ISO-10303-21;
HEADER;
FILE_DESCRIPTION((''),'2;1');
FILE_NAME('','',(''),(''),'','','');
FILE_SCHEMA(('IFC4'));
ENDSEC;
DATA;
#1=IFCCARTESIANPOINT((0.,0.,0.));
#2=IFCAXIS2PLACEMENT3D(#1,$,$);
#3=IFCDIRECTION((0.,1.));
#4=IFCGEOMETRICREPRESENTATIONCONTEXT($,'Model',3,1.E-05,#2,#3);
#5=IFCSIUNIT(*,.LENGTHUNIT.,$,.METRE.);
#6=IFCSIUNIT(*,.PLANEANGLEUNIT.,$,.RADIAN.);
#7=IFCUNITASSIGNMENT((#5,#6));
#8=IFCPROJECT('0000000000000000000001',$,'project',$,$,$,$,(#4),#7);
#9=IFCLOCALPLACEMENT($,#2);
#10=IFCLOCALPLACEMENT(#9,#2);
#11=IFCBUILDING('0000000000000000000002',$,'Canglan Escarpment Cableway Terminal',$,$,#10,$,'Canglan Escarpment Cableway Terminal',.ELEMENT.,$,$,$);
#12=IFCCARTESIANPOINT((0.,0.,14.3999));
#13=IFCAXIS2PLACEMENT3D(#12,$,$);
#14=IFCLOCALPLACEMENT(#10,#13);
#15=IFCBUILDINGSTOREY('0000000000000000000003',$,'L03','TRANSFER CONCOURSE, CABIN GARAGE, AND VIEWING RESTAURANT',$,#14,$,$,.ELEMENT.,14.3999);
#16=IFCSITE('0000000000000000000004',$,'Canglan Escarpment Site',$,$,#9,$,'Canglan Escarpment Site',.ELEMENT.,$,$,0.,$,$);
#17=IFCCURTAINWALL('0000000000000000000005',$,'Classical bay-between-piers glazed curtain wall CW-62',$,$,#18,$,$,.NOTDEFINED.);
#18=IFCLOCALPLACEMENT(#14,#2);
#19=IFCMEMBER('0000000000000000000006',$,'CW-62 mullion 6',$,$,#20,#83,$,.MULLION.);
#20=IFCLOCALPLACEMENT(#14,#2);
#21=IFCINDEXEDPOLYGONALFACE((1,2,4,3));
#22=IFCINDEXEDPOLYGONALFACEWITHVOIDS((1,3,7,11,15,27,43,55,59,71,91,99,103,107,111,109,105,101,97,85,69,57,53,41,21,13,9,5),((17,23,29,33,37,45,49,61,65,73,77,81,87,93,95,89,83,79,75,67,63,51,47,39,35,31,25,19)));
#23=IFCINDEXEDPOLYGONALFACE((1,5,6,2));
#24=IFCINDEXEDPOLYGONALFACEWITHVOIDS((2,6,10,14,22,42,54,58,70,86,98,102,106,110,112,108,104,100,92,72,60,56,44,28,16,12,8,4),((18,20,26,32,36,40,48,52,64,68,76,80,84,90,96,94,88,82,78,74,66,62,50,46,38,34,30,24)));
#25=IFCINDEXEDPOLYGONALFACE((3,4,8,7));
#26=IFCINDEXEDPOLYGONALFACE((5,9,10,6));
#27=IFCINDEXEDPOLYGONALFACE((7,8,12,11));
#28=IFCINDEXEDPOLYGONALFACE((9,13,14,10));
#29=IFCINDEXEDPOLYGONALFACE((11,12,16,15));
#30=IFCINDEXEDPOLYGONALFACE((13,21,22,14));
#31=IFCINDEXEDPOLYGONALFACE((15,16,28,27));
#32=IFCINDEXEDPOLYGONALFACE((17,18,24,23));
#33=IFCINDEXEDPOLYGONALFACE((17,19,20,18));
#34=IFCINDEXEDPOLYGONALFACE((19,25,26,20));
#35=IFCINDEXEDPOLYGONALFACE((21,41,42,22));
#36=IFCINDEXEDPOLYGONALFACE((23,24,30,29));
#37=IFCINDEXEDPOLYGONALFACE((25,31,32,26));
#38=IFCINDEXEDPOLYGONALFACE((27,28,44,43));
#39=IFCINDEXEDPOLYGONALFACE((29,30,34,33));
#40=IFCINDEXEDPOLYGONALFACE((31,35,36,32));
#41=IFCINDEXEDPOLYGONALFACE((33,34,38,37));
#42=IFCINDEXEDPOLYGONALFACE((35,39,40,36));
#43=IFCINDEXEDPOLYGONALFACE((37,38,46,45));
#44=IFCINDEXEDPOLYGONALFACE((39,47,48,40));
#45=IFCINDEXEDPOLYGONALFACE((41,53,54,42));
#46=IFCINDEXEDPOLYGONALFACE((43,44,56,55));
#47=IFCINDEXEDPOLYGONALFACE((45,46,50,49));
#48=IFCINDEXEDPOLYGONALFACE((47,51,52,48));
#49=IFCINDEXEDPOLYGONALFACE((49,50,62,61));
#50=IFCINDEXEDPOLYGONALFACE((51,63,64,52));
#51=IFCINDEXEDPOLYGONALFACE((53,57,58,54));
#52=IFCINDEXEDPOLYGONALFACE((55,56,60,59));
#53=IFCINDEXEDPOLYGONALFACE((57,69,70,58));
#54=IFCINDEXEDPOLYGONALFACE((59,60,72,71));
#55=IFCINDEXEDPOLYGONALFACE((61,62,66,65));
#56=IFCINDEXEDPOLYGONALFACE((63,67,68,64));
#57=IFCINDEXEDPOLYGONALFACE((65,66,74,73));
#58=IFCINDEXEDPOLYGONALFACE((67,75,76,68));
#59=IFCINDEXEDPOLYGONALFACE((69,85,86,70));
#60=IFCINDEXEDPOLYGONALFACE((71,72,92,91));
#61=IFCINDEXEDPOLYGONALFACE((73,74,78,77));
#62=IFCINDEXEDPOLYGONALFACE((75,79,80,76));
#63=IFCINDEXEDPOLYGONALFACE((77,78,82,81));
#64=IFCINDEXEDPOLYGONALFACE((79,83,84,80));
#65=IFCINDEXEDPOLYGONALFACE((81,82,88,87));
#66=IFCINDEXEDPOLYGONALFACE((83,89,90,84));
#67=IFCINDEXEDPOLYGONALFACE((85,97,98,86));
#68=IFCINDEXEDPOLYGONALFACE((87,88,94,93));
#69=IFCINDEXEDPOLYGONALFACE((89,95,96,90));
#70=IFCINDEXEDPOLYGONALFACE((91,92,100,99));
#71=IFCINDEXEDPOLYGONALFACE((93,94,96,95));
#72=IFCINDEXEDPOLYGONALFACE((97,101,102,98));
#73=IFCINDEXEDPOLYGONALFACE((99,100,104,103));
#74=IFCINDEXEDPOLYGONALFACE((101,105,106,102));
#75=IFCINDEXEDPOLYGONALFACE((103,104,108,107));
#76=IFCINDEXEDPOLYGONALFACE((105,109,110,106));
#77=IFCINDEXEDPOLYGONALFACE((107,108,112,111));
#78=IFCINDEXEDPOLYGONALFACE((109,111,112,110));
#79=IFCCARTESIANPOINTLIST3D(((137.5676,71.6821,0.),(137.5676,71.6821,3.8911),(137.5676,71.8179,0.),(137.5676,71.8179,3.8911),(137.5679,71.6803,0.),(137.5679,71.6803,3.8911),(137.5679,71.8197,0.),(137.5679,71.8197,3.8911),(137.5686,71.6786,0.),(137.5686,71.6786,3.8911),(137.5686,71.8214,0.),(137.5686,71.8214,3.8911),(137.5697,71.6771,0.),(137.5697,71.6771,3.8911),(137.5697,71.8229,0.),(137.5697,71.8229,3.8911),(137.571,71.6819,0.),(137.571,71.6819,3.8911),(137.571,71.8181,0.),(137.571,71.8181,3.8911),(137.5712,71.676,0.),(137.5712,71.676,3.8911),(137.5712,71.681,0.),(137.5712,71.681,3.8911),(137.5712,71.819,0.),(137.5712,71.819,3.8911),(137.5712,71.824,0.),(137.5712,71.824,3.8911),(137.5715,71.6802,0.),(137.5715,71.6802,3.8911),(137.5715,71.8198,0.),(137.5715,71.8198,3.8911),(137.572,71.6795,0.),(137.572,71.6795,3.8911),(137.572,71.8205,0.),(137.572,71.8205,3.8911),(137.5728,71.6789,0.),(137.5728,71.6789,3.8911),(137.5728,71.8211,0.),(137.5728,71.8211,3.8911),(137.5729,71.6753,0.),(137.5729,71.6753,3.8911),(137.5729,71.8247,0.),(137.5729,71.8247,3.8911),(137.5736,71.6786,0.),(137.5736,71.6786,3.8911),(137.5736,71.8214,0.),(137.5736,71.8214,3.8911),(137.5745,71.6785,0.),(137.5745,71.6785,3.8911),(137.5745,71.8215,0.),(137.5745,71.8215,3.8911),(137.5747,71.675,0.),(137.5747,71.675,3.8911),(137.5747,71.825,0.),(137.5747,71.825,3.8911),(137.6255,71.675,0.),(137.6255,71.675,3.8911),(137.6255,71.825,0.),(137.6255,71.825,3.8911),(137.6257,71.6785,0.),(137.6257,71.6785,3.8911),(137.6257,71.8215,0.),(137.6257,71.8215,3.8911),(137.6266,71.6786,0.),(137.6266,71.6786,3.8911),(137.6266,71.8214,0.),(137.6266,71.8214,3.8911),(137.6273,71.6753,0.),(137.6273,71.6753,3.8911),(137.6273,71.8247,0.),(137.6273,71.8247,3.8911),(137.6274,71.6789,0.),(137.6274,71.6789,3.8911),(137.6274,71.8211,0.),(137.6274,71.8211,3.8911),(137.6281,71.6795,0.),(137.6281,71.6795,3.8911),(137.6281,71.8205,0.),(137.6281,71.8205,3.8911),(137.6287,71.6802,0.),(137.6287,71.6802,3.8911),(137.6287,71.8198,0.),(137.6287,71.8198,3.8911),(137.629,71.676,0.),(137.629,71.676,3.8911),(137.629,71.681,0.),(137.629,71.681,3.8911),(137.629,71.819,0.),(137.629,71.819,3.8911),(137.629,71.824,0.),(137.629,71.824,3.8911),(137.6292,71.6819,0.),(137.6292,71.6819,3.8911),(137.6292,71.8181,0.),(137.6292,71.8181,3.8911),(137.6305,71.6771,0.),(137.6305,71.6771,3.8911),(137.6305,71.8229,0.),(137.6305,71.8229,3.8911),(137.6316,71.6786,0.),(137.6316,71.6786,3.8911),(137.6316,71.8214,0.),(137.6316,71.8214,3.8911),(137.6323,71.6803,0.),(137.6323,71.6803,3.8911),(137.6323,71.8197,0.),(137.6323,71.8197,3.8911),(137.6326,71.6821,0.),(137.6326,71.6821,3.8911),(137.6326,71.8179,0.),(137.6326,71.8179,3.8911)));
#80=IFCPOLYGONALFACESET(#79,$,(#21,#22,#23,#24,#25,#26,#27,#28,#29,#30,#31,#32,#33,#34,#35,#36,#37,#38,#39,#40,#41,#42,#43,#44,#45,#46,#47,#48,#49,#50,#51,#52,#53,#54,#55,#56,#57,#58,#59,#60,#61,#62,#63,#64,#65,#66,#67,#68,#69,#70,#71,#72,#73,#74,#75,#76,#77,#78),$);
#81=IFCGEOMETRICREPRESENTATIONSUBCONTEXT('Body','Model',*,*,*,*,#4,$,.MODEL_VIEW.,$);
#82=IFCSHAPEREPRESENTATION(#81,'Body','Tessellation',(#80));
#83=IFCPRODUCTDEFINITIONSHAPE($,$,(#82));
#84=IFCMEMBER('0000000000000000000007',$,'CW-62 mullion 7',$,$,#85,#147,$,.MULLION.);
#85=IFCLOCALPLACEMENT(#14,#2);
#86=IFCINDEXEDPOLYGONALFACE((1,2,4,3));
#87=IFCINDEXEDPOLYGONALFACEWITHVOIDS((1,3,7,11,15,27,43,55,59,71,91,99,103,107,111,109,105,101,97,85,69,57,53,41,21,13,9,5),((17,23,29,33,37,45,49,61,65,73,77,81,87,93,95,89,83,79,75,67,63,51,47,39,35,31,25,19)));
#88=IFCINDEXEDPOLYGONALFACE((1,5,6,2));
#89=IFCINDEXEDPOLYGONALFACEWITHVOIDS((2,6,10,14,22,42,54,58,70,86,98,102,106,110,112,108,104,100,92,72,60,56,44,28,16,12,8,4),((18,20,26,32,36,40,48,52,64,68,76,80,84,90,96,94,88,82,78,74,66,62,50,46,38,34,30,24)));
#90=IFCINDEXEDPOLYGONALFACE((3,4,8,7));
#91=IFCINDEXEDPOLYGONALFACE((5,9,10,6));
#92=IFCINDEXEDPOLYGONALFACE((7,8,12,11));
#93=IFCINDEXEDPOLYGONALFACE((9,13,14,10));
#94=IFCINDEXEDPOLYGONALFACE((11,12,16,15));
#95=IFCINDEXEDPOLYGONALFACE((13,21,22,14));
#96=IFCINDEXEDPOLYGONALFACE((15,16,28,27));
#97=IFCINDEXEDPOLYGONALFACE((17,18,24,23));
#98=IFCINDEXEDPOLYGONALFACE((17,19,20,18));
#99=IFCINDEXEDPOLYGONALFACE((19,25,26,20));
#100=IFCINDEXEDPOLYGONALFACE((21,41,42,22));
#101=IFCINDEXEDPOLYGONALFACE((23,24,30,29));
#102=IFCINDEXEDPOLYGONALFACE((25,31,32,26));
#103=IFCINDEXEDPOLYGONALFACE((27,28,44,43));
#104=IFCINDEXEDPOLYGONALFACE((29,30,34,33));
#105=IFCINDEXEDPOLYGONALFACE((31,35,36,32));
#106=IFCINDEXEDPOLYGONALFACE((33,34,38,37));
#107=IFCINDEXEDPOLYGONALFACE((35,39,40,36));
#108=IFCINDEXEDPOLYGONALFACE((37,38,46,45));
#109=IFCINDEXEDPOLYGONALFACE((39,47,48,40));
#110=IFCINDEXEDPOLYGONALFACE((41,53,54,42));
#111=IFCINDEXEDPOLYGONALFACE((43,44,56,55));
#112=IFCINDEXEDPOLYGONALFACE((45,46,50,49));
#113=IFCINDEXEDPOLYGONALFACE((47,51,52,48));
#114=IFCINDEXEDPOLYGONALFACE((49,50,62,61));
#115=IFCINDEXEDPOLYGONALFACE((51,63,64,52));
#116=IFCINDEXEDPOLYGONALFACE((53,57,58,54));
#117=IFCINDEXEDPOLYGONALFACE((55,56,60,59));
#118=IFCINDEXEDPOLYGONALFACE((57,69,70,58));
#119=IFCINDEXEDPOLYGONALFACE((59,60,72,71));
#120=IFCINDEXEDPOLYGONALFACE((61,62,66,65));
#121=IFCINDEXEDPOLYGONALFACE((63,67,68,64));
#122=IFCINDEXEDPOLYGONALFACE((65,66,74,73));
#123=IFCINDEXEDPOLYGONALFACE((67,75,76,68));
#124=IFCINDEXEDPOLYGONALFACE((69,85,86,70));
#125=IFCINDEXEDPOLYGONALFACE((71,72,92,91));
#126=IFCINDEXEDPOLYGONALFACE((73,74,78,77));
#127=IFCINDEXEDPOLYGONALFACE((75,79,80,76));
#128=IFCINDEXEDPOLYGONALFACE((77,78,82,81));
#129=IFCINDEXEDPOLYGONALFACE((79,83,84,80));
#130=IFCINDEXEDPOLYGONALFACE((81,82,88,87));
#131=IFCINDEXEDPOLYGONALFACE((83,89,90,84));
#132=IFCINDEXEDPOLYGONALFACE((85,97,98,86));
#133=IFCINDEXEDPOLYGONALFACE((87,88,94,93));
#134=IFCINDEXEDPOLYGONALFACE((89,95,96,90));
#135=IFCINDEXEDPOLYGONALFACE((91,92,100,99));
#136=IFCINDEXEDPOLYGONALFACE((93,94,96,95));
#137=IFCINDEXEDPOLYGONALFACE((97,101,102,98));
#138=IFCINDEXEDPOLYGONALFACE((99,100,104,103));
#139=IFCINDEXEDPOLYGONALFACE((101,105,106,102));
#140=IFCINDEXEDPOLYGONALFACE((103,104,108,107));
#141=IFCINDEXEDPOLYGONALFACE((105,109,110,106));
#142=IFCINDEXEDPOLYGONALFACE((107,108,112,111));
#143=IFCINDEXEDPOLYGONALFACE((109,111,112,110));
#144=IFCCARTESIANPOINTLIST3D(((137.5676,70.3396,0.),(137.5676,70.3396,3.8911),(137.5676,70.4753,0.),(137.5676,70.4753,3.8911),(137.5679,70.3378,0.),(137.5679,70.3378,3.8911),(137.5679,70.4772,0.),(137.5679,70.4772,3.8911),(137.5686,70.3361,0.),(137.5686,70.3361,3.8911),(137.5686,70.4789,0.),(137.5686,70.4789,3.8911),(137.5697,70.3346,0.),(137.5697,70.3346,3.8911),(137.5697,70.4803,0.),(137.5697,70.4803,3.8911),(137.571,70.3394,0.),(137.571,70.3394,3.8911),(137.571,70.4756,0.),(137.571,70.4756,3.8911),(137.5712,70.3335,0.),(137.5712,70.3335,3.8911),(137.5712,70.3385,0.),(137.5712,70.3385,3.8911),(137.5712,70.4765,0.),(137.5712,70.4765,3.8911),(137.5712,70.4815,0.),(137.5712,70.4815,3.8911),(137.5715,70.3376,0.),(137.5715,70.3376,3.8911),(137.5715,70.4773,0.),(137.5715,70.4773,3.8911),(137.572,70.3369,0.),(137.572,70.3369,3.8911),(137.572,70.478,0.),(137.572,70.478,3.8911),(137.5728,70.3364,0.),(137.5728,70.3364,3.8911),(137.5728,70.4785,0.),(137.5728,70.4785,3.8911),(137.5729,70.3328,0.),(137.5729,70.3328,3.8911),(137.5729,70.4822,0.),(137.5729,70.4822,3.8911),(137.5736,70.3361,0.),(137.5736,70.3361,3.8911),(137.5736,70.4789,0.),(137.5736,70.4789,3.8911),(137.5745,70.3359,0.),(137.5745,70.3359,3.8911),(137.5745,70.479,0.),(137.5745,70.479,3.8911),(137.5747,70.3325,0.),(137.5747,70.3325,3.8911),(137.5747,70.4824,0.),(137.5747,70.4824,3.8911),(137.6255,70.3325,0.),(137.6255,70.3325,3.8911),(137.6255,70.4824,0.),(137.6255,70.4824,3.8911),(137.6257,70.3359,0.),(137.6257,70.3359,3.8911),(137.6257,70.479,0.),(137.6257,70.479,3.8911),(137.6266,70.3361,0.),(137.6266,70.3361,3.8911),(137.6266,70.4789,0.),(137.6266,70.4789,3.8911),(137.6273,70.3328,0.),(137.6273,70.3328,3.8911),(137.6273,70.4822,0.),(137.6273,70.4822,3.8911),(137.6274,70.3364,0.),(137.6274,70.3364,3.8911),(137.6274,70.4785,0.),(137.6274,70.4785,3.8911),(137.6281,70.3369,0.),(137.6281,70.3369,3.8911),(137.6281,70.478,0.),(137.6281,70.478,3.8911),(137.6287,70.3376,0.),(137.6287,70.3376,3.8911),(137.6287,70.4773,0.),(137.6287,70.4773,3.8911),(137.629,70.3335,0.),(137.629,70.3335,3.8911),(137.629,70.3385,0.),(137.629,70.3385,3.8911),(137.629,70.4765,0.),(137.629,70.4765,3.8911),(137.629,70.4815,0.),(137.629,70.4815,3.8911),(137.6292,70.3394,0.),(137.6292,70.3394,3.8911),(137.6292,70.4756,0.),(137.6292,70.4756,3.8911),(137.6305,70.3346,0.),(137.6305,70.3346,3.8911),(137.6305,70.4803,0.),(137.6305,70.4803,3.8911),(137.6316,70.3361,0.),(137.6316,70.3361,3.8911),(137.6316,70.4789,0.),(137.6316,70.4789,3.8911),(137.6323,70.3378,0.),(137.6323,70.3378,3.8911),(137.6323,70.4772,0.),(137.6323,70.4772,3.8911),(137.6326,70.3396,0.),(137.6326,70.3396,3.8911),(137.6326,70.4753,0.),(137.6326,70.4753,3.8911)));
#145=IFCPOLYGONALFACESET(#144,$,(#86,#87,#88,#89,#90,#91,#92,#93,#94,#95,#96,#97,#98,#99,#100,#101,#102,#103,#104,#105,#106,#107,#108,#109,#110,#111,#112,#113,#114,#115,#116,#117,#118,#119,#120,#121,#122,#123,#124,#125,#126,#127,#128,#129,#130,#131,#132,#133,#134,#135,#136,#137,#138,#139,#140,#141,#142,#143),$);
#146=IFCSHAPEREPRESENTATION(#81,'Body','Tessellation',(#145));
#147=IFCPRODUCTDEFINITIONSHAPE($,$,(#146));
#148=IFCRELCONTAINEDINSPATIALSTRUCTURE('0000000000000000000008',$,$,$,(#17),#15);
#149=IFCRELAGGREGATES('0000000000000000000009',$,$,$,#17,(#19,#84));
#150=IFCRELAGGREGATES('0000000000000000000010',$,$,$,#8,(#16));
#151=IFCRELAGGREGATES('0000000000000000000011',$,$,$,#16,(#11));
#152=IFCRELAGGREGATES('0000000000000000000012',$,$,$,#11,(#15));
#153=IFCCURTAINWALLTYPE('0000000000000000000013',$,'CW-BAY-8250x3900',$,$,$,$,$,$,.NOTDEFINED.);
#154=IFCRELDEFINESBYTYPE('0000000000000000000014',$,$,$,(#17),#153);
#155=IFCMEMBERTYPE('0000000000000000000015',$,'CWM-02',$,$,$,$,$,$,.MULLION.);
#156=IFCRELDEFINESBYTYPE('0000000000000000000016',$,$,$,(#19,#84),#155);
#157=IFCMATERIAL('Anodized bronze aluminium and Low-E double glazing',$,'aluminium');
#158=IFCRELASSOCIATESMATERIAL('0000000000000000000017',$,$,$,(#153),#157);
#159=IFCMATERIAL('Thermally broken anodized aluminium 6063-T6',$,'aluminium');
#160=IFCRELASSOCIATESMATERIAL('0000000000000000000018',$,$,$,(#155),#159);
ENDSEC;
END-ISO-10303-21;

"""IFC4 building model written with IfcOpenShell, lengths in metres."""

from ifc_helpers import new_model, si_unit, direction, frame, origin, origin_2d, place, context, subcontext, project, spatial, hollow_rectangle, extrude, material, material_profile, profile_set, type_object, element, aggregate, save


model = new_model("IFC4")

# Units and contexts
model_context = context("Model", 3, precision=1e-05, world=origin(), true_north=direction((0.0, 1.0)))
body_context = subcontext(model_context, "Body", "Model", "MODEL_VIEW")
ifc_project = project(units=[si_unit("LENGTHUNIT", "METRE"), si_unit("PLANEANGLEUNIT", "RADIAN")], contexts=[model_context])

# Site, building, storey
site_placement = place(None, origin())
site = spatial("IfcSite", under=ifc_project, at=site_placement, Name="Canglan Escarpment Site", LongName="Canglan Escarpment Site", CompositionType="ELEMENT", RefElevation=0.0)
building_placement = place(site_placement, origin())
building = spatial("IfcBuilding", under=site, at=building_placement, Name="Canglan Escarpment Cableway Terminal", LongName="Canglan Escarpment Cableway Terminal", CompositionType="ELEMENT")
storey_placement = place(building_placement, frame((0.0, 0.0, 14.3999)))
storey = spatial("IfcBuildingStorey", under=building, at=storey_placement, Name="L03", Description="TRANSFER CONCOURSE, CABIN GARAGE, AND VIEWING RESTAURANT", CompositionType="ELEMENT", Elevation=14.3999)

# Curtain wall, members
ifc_material_1 = material(Name="Anodized bronze aluminium and Low-E double glazing", Category="aluminium")
curtain_wall_type = type_object("IfcCurtainWallType", Name="CW-BAY-8250x3900", PredefinedType="NOTDEFINED", material=ifc_material_1)
curtain_wall_placement = place(storey_placement, origin())
curtain_wall = element("IfcCurtainWall", 1, at=curtain_wall_placement, inside=storey, type_object=curtain_wall_type, Name="Classical bay-between-piers glazed curtain wall CW-62", PredefinedType="NOTDEFINED")
ifc_material_2 = material(Name="Thermally broken anodized aluminium 6063-T6", Category="aluminium")
ifc_material_profile_1 = material_profile(ifc_material_2, hollow_rectangle(XDim=0.0649, YDim=0.1499, WallThickness=0.0034, InnerFilletRadius=0.0034, OuterFilletRadius=0.0071, at=origin_2d()), Name="ALU-MULL 65x150x3.5")
ifc_profile_set_1 = profile_set([ifc_material_profile_1], Name="Thermally broken anodized aluminium 6063-T6")
member_type_1 = type_object("IfcMemberType", Name="CWM-02", PredefinedType="MULLION", material=ifc_profile_set_1)
member_1_placement = place(storey_placement, frame((137.6001, 71.75, 0.0), z_axis=(0.0, 0.0, 1.0), x_axis=(1.0, 0.0, 0.0)))
member_1 = element("IfcMember", 2, at=member_1_placement, type_object=member_type_1, Name="CW-62 mullion 6", PredefinedType="MULLION", context=body_context, shape_type="SweptSolid", body=[
    extrude(hollow_rectangle(XDim=0.0649, YDim=0.1499, WallThickness=0.0034, InnerFilletRadius=0.0034, OuterFilletRadius=0.0071, at=origin_2d()), origin(), (0.0, 0.0, 1.0), 3.8911),
])
member_2_placement = place(storey_placement, frame((137.6001, 70.4075, 0.0), z_axis=(0.0, 0.0, 1.0), x_axis=(1.0, 0.0, 0.0)))
member_2 = element("IfcMember", 3, at=member_2_placement, type_object=member_type_1, Name="CW-62 mullion 7", PredefinedType="MULLION", context=body_context, shape_type="SweptSolid", body=[
    extrude(hollow_rectangle(XDim=0.0649, YDim=0.1499, WallThickness=0.0034, InnerFilletRadius=0.0034, OuterFilletRadius=0.0071, at=origin_2d()), origin(), (0.0, 0.0, 1.0), 3.8911),
])
aggregate(curtain_wall, [member_1, member_2])

save(model, "model.ifc")
